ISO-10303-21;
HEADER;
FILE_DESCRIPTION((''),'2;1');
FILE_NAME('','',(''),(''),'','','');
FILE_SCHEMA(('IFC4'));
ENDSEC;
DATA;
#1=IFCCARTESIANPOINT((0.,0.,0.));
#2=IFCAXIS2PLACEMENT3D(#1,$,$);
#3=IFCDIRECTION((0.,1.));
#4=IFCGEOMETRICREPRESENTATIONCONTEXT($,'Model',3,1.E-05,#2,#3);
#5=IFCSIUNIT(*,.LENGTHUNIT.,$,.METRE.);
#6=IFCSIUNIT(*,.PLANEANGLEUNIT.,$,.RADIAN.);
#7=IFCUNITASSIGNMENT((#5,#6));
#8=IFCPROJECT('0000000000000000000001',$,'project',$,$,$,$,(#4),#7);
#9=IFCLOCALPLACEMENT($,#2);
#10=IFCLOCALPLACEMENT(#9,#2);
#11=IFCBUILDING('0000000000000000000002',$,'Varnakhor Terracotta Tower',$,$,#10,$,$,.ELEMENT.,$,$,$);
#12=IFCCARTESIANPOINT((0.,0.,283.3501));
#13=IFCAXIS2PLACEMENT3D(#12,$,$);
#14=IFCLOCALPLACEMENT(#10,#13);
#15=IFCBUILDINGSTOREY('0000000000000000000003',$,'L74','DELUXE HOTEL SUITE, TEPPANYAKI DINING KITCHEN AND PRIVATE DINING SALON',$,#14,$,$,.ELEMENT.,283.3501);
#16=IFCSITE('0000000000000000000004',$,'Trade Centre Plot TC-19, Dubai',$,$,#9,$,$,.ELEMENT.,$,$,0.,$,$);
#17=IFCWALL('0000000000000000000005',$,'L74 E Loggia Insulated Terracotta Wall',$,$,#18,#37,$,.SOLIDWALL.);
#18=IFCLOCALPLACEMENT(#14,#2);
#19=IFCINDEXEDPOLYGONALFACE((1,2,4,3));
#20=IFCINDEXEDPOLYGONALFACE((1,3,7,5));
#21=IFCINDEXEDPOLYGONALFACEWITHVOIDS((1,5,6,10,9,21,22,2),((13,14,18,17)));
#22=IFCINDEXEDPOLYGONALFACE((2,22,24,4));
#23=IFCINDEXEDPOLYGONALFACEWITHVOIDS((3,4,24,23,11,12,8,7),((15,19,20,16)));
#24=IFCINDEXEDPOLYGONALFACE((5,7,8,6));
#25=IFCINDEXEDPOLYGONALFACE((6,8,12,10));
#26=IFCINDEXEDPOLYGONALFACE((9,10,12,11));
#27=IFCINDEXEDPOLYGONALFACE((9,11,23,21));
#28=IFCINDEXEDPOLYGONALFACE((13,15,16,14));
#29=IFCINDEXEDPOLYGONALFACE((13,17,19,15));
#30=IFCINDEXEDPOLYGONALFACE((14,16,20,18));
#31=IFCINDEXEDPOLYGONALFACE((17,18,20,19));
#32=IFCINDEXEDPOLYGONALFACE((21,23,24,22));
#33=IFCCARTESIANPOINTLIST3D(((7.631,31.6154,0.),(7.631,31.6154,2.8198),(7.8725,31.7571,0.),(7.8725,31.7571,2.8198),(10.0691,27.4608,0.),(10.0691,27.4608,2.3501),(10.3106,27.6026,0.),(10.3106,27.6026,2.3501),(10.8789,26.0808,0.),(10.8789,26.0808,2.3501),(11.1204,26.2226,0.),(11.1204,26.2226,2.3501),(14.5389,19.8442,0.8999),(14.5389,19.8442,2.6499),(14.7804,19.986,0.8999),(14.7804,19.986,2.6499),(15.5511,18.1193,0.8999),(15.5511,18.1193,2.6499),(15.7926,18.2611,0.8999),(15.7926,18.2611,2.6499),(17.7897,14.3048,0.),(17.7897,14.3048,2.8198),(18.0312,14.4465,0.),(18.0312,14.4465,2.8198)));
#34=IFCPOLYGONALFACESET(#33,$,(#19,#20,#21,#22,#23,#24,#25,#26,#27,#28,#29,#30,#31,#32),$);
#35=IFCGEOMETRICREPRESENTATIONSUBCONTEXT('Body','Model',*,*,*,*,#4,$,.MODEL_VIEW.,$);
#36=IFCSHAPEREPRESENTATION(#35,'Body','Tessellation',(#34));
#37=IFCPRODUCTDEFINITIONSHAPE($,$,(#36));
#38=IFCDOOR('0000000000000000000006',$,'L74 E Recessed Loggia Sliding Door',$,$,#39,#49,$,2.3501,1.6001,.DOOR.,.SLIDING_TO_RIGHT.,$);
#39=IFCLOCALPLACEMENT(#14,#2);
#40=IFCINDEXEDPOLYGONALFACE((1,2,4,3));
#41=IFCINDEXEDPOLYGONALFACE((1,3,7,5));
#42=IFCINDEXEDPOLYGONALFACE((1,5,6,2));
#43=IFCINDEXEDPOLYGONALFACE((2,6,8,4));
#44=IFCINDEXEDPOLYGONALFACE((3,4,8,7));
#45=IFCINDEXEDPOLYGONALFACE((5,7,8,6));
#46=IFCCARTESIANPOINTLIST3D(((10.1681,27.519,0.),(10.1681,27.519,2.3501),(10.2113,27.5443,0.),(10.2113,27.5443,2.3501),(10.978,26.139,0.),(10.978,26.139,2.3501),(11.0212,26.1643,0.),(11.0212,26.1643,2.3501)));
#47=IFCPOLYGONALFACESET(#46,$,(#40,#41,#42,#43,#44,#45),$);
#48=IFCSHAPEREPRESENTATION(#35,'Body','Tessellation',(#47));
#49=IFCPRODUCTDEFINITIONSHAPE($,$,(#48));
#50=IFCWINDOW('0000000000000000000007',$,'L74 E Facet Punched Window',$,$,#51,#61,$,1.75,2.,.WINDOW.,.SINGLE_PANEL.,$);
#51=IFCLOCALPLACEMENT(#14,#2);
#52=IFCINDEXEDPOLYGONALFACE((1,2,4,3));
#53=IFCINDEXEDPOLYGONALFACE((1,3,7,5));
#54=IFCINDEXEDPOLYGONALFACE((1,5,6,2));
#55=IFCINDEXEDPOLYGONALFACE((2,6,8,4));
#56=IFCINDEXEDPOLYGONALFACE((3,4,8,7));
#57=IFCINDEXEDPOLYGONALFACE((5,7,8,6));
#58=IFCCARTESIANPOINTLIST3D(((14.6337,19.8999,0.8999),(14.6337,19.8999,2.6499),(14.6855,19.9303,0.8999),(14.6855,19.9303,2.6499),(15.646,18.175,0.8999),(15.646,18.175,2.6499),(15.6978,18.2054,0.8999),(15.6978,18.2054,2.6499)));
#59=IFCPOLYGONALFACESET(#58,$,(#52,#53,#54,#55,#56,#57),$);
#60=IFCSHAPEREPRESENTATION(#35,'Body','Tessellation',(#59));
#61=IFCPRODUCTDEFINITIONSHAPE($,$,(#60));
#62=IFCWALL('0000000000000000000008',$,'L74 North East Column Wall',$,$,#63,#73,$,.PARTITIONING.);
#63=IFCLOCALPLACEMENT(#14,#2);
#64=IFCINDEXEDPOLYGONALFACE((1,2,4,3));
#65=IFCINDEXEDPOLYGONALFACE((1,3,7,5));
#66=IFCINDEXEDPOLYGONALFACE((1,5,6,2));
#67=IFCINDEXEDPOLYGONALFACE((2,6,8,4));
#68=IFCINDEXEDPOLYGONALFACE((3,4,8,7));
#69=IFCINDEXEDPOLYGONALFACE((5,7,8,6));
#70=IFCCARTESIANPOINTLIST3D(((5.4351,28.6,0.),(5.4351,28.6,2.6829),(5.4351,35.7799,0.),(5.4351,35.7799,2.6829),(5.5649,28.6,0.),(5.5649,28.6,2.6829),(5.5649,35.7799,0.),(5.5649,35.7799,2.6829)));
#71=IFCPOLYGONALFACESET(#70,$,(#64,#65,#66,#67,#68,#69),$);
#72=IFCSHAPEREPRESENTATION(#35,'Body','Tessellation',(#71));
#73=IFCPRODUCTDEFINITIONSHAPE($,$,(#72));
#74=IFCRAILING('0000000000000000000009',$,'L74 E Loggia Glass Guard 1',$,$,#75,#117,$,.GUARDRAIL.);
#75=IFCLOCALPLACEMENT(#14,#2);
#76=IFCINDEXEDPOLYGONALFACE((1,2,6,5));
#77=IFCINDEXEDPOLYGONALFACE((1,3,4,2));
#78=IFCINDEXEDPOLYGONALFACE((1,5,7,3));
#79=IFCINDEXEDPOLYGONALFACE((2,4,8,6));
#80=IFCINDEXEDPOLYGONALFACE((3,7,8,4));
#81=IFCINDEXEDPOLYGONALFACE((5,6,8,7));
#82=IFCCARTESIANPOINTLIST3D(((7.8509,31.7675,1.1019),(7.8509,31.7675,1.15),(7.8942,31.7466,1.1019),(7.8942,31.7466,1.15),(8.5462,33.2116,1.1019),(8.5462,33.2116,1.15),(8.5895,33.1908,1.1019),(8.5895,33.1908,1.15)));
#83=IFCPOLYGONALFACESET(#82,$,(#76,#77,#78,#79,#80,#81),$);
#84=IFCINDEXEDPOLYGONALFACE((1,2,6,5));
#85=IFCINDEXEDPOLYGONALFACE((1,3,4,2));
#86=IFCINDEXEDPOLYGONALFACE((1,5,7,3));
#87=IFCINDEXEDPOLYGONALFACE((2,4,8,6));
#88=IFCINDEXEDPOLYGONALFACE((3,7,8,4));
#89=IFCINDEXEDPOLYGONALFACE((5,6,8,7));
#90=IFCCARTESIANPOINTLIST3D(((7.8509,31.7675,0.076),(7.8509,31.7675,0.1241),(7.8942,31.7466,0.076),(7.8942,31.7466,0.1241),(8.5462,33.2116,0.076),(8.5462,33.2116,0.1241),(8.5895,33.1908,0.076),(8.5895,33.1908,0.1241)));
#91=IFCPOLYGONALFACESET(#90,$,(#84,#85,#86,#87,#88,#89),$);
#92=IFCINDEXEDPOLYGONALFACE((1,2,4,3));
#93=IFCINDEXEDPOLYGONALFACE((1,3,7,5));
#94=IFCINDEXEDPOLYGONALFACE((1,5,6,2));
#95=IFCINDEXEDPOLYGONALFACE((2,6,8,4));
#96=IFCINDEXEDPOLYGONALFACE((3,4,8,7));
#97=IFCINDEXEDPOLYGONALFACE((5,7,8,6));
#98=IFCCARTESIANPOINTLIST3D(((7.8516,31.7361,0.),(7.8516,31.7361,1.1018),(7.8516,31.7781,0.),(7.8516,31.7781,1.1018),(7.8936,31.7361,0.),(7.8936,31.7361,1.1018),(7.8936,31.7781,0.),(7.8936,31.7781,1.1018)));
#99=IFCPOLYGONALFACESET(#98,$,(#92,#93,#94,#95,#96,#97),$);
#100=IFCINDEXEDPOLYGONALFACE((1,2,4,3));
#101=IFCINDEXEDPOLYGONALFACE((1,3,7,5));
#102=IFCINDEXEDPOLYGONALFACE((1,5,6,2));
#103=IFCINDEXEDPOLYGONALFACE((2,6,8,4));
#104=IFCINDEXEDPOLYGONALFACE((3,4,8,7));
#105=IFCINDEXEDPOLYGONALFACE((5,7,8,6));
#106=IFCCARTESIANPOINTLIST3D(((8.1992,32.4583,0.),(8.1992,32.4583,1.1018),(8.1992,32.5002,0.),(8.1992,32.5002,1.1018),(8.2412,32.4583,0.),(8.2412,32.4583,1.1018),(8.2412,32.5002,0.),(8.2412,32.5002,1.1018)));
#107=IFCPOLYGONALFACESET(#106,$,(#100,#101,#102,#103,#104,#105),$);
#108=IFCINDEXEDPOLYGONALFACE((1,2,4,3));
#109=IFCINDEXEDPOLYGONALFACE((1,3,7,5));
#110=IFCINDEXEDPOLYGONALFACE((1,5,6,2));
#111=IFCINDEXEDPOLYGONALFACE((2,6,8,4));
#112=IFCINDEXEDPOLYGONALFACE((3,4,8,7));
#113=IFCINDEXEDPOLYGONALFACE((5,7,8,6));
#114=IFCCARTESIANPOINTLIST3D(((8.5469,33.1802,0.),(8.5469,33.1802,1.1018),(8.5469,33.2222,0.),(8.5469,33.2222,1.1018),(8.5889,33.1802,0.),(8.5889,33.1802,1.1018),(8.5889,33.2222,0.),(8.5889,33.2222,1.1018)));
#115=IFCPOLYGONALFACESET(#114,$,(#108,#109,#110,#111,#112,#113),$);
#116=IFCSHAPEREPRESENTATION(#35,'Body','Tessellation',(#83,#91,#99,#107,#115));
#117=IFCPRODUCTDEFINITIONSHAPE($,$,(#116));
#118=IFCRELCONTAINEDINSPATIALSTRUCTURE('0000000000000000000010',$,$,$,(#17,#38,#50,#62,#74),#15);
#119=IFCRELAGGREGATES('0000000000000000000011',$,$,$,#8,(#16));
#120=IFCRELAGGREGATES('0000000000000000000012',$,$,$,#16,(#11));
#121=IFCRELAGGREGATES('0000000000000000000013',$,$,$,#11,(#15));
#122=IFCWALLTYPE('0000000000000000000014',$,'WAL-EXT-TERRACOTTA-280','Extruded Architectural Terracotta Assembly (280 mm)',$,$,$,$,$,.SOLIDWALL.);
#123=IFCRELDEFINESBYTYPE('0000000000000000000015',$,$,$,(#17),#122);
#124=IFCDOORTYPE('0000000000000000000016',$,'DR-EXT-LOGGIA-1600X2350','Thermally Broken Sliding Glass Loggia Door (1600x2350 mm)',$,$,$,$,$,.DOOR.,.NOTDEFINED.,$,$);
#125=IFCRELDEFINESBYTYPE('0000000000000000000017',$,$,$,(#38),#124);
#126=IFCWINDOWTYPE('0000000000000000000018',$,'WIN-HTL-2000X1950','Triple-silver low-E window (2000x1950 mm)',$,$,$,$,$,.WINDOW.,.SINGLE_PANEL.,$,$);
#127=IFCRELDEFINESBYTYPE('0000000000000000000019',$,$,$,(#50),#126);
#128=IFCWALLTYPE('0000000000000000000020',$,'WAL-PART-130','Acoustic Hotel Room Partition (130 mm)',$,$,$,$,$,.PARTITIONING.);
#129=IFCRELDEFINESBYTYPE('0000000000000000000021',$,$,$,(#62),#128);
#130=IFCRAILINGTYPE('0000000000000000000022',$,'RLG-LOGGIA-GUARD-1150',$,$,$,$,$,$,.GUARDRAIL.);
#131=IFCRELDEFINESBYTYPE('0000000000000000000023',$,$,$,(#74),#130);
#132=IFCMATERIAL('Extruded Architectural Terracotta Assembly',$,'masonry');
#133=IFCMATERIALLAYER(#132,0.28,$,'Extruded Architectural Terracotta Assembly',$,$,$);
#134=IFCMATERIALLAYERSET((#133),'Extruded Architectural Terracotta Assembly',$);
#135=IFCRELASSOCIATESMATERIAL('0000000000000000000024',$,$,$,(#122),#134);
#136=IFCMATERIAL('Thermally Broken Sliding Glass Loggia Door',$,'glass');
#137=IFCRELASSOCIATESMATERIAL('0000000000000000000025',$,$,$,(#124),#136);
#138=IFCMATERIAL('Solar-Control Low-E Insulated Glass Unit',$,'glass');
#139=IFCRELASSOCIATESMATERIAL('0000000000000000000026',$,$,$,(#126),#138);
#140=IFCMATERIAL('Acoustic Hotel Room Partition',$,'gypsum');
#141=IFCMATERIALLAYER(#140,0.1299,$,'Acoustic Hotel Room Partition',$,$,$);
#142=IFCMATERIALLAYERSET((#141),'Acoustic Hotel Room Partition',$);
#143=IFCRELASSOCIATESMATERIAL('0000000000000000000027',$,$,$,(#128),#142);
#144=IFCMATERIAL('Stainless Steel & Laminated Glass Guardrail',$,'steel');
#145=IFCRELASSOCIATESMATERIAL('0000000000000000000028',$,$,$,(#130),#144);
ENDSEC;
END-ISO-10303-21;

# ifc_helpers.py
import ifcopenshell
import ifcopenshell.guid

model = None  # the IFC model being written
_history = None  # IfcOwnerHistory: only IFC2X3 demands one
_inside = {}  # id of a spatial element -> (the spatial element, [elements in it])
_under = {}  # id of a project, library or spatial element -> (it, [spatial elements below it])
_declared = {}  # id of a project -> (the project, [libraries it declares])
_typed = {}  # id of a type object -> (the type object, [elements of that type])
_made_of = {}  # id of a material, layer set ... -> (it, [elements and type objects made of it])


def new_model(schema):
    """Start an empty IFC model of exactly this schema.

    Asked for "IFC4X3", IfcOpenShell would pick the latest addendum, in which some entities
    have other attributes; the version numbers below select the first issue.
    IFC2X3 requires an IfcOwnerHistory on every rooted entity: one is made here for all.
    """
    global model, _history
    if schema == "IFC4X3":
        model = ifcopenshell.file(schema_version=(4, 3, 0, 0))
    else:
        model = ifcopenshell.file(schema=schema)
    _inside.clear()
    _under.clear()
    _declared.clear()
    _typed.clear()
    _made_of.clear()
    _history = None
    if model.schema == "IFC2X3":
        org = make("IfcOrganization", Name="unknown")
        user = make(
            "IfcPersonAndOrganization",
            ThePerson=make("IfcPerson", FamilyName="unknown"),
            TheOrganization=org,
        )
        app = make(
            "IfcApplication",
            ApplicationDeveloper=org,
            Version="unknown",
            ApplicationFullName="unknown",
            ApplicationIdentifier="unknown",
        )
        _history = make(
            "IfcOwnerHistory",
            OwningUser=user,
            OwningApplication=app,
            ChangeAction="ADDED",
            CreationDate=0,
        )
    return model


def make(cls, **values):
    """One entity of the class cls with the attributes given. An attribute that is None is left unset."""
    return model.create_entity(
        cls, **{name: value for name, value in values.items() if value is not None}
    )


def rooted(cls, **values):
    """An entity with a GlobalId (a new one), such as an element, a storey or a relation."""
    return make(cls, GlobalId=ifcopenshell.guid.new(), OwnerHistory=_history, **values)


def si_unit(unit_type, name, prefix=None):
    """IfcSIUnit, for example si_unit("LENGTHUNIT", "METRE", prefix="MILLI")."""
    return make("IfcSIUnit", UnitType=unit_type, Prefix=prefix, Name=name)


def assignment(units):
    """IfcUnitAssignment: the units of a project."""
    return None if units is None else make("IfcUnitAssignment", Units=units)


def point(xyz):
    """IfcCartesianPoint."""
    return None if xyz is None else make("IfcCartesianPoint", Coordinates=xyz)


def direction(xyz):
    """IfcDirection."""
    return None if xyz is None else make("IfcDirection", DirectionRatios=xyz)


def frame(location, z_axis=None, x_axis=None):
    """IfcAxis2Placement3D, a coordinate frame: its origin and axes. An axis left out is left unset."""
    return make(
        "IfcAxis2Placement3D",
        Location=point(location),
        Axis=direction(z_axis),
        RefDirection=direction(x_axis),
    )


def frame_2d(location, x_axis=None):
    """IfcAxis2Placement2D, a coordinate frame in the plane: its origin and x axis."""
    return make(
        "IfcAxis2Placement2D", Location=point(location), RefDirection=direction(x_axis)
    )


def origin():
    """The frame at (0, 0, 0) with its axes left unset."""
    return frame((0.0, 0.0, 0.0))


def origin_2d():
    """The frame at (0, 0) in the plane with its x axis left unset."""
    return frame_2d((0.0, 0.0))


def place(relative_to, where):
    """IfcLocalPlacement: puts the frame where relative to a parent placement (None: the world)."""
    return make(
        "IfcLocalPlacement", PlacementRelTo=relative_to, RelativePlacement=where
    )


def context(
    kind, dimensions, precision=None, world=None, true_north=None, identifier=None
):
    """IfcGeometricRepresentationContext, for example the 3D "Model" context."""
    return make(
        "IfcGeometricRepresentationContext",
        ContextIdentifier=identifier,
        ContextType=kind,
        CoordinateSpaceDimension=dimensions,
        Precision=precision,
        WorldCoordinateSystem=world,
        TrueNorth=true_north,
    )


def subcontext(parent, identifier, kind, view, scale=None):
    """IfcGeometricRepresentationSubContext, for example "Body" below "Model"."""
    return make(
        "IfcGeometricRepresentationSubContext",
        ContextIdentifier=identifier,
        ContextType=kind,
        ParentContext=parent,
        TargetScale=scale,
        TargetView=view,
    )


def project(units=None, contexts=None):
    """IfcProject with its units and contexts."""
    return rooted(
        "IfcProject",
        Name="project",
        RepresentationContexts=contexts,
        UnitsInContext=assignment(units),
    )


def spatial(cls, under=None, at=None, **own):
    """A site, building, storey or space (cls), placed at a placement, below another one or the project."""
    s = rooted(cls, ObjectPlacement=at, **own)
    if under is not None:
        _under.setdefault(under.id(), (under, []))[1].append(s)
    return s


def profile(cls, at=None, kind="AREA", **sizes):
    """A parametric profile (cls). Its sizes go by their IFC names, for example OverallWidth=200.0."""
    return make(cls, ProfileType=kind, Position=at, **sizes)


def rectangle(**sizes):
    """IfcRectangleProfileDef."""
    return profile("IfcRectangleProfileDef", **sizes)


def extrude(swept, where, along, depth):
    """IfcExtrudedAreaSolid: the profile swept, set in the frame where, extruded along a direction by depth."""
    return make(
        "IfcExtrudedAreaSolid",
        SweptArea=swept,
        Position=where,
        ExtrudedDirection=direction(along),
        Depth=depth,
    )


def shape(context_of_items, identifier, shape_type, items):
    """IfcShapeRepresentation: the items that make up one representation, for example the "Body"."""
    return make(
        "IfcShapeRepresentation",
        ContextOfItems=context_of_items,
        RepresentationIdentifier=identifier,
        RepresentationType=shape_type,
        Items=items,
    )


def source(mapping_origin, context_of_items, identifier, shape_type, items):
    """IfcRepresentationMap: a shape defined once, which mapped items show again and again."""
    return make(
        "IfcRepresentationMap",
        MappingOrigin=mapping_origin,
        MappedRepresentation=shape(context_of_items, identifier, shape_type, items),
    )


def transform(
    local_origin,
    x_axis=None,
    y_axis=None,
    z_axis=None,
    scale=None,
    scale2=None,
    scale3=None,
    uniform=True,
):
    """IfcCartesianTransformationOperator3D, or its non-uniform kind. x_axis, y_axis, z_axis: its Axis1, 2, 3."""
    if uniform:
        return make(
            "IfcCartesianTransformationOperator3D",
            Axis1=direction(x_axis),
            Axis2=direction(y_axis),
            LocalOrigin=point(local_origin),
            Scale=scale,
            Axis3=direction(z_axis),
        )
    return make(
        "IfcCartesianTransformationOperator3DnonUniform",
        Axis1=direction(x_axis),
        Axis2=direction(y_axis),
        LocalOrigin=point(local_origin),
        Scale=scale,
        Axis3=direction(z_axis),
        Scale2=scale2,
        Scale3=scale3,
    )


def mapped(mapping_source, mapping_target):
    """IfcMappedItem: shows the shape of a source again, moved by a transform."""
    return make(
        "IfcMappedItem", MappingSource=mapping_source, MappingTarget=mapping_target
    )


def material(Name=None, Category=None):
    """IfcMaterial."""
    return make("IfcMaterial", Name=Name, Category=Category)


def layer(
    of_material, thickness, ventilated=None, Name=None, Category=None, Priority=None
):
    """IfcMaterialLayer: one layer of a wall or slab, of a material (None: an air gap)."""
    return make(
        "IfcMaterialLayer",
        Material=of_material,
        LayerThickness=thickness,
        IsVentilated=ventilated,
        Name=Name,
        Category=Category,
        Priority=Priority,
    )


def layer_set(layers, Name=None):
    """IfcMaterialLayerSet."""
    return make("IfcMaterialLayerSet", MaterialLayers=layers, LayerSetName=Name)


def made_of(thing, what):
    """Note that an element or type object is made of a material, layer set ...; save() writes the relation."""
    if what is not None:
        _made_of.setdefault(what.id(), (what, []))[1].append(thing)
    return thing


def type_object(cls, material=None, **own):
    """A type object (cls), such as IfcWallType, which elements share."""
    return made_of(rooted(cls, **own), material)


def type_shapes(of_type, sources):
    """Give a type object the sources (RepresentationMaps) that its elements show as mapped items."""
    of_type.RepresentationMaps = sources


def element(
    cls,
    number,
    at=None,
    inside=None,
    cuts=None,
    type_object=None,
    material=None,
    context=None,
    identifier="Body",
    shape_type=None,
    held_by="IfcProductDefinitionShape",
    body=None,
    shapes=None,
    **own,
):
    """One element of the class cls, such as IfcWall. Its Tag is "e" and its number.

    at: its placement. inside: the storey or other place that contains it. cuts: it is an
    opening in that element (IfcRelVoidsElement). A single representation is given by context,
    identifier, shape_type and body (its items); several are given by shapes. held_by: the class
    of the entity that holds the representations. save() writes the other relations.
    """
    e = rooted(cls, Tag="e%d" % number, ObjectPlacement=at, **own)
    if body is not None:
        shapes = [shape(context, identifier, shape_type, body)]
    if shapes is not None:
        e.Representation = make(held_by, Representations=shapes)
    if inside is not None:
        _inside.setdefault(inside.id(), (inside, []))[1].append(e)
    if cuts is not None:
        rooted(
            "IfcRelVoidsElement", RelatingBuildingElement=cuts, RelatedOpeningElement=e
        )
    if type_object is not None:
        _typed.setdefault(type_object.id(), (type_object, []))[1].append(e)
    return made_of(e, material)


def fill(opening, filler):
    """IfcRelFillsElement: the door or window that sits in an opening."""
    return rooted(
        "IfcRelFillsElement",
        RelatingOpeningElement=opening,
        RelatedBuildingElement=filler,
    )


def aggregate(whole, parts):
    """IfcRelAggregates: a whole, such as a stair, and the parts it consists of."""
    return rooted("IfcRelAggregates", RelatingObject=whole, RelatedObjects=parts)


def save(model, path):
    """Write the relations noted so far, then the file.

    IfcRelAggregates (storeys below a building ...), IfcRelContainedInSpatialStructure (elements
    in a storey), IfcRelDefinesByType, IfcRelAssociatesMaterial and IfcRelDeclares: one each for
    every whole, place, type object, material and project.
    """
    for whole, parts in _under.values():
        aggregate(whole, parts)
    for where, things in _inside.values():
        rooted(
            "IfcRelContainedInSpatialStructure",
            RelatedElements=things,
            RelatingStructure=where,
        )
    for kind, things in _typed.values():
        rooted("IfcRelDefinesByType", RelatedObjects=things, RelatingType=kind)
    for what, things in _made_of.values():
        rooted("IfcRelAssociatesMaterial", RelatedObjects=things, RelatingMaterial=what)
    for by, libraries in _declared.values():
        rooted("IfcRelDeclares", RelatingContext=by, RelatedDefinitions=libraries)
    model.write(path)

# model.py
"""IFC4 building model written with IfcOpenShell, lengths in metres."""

from ifc_helpers import new_model, si_unit, direction, frame, frame_2d, origin, origin_2d, place, context, subcontext, project, spatial, rectangle, extrude, source, transform, mapped, material, layer, layer_set, type_object, type_shapes, element, fill, save


model = new_model("IFC4")

# Units and contexts
model_context = context("Model", 3, precision=1e-05, world=origin(), true_north=direction((0.0, 1.0)))
body_context = subcontext(model_context, "Body", "Model", "MODEL_VIEW")
ifc_project = project(units=[si_unit("LENGTHUNIT", "METRE"), si_unit("PLANEANGLEUNIT", "RADIAN")], contexts=[model_context])

# Site, building, storey
site_placement = place(None, origin())
site = spatial("IfcSite", under=ifc_project, at=site_placement, Name="Trade Centre Plot TC-19, Dubai", CompositionType="ELEMENT", RefElevation=0.0)
building_placement = place(site_placement, origin())
building = spatial("IfcBuilding", under=site, at=building_placement, Name="Varnakhor Terracotta Tower", CompositionType="ELEMENT")
storey_placement = place(building_placement, frame((0.0, 0.0, 283.3501)))
storey = spatial("IfcBuildingStorey", under=building, at=storey_placement, Name="L74", Description="DELUXE HOTEL SUITE, TEPPANYAKI DINING KITCHEN AND PRIVATE DINING SALON", CompositionType="ELEMENT", Elevation=283.3501)

# Wall, openings, door, window
ifc_material_1 = material(Name="Extruded Architectural Terracotta Assembly", Category="masonry")
ifc_layer_1 = layer(ifc_material_1, 0.28, Name="Extruded Architectural Terracotta Assembly")
ifc_layer_set_1 = layer_set([ifc_layer_1], Name="Extruded Architectural Terracotta Assembly")
wall_type_1 = type_object("IfcWallType", Name="WAL-EXT-TERRACOTTA-280", Description="Extruded Architectural Terracotta Assembly (280 mm)", PredefinedType="SOLIDWALL", material=ifc_layer_set_1)
wall_1_placement = place(storey_placement, frame((7.7517, 31.6863, 0.0), z_axis=(0.0, 0.0, 1.0), x_axis=(0.506132, -0.862456, 0.0)))
wall_1 = element("IfcWall", 1, at=wall_1_placement, inside=storey, type_object=wall_type_1, Name="L74 E Loggia Insulated Terracotta Wall", PredefinedType="SOLIDWALL", context=body_context, shape_type="SweptSolid", body=[
    extrude(rectangle(XDim=20.0713, YDim=0.28, at=frame_2d((10.0356, 0.0))), origin(), (0.0, 0.0, 1.0), 2.8198),
])
opening_1_placement = place(wall_1_placement, frame((4.8171, 0.0, 0.0)))
opening_1 = element("IfcOpeningElement", 2, at=opening_1_placement, cuts=wall_1, PredefinedType="OPENING", context=body_context, shape_type="SweptSolid", body=[
    extrude(rectangle(XDim=1.6001, YDim=2.3501, at=frame_2d((0.8, 1.175))), frame((0.0, 0.1499, 0.0), z_axis=(0.0, -1.0, 0.0), x_axis=(1.0, 0.0, 0.0)), (0.0, 0.0, 1.0), 0.3),
])
opening_2_placement = place(wall_1_placement, frame((13.6484, 0.0, 0.8999)))
opening_2 = element("IfcOpeningElement", 3, at=opening_2_placement, cuts=wall_1, PredefinedType="OPENING", context=body_context, shape_type="SweptSolid", body=[
    extrude(rectangle(XDim=2.0, YDim=1.75, at=frame_2d((1.0, 0.875))), frame((0.0, 0.1499, 0.0), z_axis=(0.0, -1.0, 0.0), x_axis=(1.0, 0.0, 0.0)), (0.0, 0.0, 1.0), 0.3),
])
ifc_material_2 = material(Name="Thermally Broken Sliding Glass Loggia Door", Category="glass")
door_type = type_object("IfcDoorType", Name="DR-EXT-LOGGIA-1600X2350", Description="Thermally Broken Sliding Glass Loggia Door (1600x2350 mm)", OperationType="NOTDEFINED", PredefinedType="DOOR", material=ifc_material_2)
shared_shape_1 = source(origin(), body_context, "Body", "SweptSolid", [
    extrude(rectangle(XDim=1.6001, YDim=2.3501, at=frame_2d((0.8, 1.175))), frame((0.0, 0.0249, 0.0), z_axis=(0.0, -1.0, 0.0), x_axis=(1.0, 0.0, 0.0)), (0.0, 0.0, 1.0), 0.05),
])
type_shapes(door_type, [shared_shape_1])
door_placement = place(opening_1_placement, origin())
door = element("IfcDoor", 4, at=door_placement, inside=storey, type_object=door_type, Name="L74 E Recessed Loggia Sliding Door", OperationType="SLIDING_TO_RIGHT", OverallHeight=2.3501, OverallWidth=1.6001, PredefinedType="DOOR", context=body_context, shape_type="MappedRepresentation", body=[
    mapped(shared_shape_1, transform((0.0, 0.0, 0.0), scale=1.0)),
])
fill(opening_1, door)
ifc_material_3 = material(Name="Solar-Control Low-E Insulated Glass Unit", Category="glass")
window_type = type_object("IfcWindowType", Name="WIN-HTL-2000X1950", Description="Triple-silver low-E window (2000x1950 mm)", PartitioningType="SINGLE_PANEL", PredefinedType="WINDOW", material=ifc_material_3)
shared_shape_2 = source(origin(), body_context, "Body", "SweptSolid", [
    extrude(rectangle(XDim=2.0, YDim=1.75, at=frame_2d((1.0, 0.875))), frame((0.0, 0.03, 0.0), z_axis=(0.0, -1.0, 0.0), x_axis=(1.0, 0.0, 0.0)), (0.0, 0.0, 1.0), 0.0601),
])
type_shapes(window_type, [shared_shape_2])
window_placement = place(opening_2_placement, origin())
window = element("IfcWindow", 5, at=window_placement, inside=storey, type_object=window_type, Name="L74 E Facet Punched Window", OverallHeight=1.75, OverallWidth=2.0, PartitioningType="SINGLE_PANEL", PredefinedType="WINDOW", context=body_context, shape_type="MappedRepresentation", body=[
    mapped(shared_shape_2, transform((0.0, 0.0, 0.0), scale=1.0)),
])
fill(opening_2, window)

# Wall
ifc_material_4 = material(Name="Acoustic Hotel Room Partition", Category="gypsum")
ifc_layer_2 = layer(ifc_material_4, 0.1299, Name="Acoustic Hotel Room Partition")
ifc_layer_set_2 = layer_set([ifc_layer_2], Name="Acoustic Hotel Room Partition")
wall_type_2 = type_object("IfcWallType", Name="WAL-PART-130", Description="Acoustic Hotel Room Partition (130 mm)", PredefinedType="PARTITIONING", material=ifc_layer_set_2)
wall_2_placement = place(storey_placement, frame((5.5, 28.6001, 0.0), z_axis=(0.0, 0.0, 1.0), x_axis=(0.0, 1.0, 0.0)))
element("IfcWall", 6, at=wall_2_placement, inside=storey, type_object=wall_type_2, Name="L74 North East Column Wall", PredefinedType="PARTITIONING", context=body_context, shape_type="SweptSolid", body=[
    extrude(rectangle(XDim=7.1799, YDim=0.1299, at=frame_2d((3.5898, 0.0))), origin(), (0.0, 0.0, 1.0), 2.6829),
])

# Railing
ifc_material_5 = material(Name="Stainless Steel & Laminated Glass Guardrail", Category="steel")
railing_type = type_object("IfcRailingType", Name="RLG-LOGGIA-GUARD-1150", PredefinedType="GUARDRAIL", material=ifc_material_5)
railing_1_placement = place(storey_placement, frame((7.8726, 31.7571, 0.0)))
element("IfcRailing", 7, at=railing_1_placement, inside=storey, type_object=railing_type, Name="L74 E Loggia Glass Guard 1", PredefinedType="GUARDRAIL", context=body_context, shape_type="SweptSolid", body=[
    extrude(rectangle(XDim=0.0481, YDim=0.0481, at=origin_2d()), frame((0.0, 0.0, 1.126), z_axis=(0.43382, 0.900999, 0.0), x_axis=(-0.900999, 0.43382, 0.0)), (0.0, 0.0, 1.0), 1.6028),
    extrude(rectangle(XDim=0.0481, YDim=0.0481, at=origin_2d()), frame((0.0, 0.0, 0.1001), z_axis=(0.43382, 0.900999, 0.0), x_axis=(-0.900999, 0.43382, 0.0)), (0.0, 0.0, 1.0), 1.6028),
    extrude(rectangle(XDim=0.042, YDim=0.042, at=origin_2d()), origin(), (0.0, 0.0, 1.0), 1.1018),
    extrude(rectangle(XDim=0.042, YDim=0.042, at=origin_2d()), frame((0.3477, 0.7222, 0.0)), (0.0, 0.0, 1.0), 1.1018),
    extrude(rectangle(XDim=0.042, YDim=0.042, at=origin_2d()), frame((0.6953, 1.4441, 0.0)), (0.0, 0.0, 1.0), 1.1018),
])

save(model, "model.ifc")
